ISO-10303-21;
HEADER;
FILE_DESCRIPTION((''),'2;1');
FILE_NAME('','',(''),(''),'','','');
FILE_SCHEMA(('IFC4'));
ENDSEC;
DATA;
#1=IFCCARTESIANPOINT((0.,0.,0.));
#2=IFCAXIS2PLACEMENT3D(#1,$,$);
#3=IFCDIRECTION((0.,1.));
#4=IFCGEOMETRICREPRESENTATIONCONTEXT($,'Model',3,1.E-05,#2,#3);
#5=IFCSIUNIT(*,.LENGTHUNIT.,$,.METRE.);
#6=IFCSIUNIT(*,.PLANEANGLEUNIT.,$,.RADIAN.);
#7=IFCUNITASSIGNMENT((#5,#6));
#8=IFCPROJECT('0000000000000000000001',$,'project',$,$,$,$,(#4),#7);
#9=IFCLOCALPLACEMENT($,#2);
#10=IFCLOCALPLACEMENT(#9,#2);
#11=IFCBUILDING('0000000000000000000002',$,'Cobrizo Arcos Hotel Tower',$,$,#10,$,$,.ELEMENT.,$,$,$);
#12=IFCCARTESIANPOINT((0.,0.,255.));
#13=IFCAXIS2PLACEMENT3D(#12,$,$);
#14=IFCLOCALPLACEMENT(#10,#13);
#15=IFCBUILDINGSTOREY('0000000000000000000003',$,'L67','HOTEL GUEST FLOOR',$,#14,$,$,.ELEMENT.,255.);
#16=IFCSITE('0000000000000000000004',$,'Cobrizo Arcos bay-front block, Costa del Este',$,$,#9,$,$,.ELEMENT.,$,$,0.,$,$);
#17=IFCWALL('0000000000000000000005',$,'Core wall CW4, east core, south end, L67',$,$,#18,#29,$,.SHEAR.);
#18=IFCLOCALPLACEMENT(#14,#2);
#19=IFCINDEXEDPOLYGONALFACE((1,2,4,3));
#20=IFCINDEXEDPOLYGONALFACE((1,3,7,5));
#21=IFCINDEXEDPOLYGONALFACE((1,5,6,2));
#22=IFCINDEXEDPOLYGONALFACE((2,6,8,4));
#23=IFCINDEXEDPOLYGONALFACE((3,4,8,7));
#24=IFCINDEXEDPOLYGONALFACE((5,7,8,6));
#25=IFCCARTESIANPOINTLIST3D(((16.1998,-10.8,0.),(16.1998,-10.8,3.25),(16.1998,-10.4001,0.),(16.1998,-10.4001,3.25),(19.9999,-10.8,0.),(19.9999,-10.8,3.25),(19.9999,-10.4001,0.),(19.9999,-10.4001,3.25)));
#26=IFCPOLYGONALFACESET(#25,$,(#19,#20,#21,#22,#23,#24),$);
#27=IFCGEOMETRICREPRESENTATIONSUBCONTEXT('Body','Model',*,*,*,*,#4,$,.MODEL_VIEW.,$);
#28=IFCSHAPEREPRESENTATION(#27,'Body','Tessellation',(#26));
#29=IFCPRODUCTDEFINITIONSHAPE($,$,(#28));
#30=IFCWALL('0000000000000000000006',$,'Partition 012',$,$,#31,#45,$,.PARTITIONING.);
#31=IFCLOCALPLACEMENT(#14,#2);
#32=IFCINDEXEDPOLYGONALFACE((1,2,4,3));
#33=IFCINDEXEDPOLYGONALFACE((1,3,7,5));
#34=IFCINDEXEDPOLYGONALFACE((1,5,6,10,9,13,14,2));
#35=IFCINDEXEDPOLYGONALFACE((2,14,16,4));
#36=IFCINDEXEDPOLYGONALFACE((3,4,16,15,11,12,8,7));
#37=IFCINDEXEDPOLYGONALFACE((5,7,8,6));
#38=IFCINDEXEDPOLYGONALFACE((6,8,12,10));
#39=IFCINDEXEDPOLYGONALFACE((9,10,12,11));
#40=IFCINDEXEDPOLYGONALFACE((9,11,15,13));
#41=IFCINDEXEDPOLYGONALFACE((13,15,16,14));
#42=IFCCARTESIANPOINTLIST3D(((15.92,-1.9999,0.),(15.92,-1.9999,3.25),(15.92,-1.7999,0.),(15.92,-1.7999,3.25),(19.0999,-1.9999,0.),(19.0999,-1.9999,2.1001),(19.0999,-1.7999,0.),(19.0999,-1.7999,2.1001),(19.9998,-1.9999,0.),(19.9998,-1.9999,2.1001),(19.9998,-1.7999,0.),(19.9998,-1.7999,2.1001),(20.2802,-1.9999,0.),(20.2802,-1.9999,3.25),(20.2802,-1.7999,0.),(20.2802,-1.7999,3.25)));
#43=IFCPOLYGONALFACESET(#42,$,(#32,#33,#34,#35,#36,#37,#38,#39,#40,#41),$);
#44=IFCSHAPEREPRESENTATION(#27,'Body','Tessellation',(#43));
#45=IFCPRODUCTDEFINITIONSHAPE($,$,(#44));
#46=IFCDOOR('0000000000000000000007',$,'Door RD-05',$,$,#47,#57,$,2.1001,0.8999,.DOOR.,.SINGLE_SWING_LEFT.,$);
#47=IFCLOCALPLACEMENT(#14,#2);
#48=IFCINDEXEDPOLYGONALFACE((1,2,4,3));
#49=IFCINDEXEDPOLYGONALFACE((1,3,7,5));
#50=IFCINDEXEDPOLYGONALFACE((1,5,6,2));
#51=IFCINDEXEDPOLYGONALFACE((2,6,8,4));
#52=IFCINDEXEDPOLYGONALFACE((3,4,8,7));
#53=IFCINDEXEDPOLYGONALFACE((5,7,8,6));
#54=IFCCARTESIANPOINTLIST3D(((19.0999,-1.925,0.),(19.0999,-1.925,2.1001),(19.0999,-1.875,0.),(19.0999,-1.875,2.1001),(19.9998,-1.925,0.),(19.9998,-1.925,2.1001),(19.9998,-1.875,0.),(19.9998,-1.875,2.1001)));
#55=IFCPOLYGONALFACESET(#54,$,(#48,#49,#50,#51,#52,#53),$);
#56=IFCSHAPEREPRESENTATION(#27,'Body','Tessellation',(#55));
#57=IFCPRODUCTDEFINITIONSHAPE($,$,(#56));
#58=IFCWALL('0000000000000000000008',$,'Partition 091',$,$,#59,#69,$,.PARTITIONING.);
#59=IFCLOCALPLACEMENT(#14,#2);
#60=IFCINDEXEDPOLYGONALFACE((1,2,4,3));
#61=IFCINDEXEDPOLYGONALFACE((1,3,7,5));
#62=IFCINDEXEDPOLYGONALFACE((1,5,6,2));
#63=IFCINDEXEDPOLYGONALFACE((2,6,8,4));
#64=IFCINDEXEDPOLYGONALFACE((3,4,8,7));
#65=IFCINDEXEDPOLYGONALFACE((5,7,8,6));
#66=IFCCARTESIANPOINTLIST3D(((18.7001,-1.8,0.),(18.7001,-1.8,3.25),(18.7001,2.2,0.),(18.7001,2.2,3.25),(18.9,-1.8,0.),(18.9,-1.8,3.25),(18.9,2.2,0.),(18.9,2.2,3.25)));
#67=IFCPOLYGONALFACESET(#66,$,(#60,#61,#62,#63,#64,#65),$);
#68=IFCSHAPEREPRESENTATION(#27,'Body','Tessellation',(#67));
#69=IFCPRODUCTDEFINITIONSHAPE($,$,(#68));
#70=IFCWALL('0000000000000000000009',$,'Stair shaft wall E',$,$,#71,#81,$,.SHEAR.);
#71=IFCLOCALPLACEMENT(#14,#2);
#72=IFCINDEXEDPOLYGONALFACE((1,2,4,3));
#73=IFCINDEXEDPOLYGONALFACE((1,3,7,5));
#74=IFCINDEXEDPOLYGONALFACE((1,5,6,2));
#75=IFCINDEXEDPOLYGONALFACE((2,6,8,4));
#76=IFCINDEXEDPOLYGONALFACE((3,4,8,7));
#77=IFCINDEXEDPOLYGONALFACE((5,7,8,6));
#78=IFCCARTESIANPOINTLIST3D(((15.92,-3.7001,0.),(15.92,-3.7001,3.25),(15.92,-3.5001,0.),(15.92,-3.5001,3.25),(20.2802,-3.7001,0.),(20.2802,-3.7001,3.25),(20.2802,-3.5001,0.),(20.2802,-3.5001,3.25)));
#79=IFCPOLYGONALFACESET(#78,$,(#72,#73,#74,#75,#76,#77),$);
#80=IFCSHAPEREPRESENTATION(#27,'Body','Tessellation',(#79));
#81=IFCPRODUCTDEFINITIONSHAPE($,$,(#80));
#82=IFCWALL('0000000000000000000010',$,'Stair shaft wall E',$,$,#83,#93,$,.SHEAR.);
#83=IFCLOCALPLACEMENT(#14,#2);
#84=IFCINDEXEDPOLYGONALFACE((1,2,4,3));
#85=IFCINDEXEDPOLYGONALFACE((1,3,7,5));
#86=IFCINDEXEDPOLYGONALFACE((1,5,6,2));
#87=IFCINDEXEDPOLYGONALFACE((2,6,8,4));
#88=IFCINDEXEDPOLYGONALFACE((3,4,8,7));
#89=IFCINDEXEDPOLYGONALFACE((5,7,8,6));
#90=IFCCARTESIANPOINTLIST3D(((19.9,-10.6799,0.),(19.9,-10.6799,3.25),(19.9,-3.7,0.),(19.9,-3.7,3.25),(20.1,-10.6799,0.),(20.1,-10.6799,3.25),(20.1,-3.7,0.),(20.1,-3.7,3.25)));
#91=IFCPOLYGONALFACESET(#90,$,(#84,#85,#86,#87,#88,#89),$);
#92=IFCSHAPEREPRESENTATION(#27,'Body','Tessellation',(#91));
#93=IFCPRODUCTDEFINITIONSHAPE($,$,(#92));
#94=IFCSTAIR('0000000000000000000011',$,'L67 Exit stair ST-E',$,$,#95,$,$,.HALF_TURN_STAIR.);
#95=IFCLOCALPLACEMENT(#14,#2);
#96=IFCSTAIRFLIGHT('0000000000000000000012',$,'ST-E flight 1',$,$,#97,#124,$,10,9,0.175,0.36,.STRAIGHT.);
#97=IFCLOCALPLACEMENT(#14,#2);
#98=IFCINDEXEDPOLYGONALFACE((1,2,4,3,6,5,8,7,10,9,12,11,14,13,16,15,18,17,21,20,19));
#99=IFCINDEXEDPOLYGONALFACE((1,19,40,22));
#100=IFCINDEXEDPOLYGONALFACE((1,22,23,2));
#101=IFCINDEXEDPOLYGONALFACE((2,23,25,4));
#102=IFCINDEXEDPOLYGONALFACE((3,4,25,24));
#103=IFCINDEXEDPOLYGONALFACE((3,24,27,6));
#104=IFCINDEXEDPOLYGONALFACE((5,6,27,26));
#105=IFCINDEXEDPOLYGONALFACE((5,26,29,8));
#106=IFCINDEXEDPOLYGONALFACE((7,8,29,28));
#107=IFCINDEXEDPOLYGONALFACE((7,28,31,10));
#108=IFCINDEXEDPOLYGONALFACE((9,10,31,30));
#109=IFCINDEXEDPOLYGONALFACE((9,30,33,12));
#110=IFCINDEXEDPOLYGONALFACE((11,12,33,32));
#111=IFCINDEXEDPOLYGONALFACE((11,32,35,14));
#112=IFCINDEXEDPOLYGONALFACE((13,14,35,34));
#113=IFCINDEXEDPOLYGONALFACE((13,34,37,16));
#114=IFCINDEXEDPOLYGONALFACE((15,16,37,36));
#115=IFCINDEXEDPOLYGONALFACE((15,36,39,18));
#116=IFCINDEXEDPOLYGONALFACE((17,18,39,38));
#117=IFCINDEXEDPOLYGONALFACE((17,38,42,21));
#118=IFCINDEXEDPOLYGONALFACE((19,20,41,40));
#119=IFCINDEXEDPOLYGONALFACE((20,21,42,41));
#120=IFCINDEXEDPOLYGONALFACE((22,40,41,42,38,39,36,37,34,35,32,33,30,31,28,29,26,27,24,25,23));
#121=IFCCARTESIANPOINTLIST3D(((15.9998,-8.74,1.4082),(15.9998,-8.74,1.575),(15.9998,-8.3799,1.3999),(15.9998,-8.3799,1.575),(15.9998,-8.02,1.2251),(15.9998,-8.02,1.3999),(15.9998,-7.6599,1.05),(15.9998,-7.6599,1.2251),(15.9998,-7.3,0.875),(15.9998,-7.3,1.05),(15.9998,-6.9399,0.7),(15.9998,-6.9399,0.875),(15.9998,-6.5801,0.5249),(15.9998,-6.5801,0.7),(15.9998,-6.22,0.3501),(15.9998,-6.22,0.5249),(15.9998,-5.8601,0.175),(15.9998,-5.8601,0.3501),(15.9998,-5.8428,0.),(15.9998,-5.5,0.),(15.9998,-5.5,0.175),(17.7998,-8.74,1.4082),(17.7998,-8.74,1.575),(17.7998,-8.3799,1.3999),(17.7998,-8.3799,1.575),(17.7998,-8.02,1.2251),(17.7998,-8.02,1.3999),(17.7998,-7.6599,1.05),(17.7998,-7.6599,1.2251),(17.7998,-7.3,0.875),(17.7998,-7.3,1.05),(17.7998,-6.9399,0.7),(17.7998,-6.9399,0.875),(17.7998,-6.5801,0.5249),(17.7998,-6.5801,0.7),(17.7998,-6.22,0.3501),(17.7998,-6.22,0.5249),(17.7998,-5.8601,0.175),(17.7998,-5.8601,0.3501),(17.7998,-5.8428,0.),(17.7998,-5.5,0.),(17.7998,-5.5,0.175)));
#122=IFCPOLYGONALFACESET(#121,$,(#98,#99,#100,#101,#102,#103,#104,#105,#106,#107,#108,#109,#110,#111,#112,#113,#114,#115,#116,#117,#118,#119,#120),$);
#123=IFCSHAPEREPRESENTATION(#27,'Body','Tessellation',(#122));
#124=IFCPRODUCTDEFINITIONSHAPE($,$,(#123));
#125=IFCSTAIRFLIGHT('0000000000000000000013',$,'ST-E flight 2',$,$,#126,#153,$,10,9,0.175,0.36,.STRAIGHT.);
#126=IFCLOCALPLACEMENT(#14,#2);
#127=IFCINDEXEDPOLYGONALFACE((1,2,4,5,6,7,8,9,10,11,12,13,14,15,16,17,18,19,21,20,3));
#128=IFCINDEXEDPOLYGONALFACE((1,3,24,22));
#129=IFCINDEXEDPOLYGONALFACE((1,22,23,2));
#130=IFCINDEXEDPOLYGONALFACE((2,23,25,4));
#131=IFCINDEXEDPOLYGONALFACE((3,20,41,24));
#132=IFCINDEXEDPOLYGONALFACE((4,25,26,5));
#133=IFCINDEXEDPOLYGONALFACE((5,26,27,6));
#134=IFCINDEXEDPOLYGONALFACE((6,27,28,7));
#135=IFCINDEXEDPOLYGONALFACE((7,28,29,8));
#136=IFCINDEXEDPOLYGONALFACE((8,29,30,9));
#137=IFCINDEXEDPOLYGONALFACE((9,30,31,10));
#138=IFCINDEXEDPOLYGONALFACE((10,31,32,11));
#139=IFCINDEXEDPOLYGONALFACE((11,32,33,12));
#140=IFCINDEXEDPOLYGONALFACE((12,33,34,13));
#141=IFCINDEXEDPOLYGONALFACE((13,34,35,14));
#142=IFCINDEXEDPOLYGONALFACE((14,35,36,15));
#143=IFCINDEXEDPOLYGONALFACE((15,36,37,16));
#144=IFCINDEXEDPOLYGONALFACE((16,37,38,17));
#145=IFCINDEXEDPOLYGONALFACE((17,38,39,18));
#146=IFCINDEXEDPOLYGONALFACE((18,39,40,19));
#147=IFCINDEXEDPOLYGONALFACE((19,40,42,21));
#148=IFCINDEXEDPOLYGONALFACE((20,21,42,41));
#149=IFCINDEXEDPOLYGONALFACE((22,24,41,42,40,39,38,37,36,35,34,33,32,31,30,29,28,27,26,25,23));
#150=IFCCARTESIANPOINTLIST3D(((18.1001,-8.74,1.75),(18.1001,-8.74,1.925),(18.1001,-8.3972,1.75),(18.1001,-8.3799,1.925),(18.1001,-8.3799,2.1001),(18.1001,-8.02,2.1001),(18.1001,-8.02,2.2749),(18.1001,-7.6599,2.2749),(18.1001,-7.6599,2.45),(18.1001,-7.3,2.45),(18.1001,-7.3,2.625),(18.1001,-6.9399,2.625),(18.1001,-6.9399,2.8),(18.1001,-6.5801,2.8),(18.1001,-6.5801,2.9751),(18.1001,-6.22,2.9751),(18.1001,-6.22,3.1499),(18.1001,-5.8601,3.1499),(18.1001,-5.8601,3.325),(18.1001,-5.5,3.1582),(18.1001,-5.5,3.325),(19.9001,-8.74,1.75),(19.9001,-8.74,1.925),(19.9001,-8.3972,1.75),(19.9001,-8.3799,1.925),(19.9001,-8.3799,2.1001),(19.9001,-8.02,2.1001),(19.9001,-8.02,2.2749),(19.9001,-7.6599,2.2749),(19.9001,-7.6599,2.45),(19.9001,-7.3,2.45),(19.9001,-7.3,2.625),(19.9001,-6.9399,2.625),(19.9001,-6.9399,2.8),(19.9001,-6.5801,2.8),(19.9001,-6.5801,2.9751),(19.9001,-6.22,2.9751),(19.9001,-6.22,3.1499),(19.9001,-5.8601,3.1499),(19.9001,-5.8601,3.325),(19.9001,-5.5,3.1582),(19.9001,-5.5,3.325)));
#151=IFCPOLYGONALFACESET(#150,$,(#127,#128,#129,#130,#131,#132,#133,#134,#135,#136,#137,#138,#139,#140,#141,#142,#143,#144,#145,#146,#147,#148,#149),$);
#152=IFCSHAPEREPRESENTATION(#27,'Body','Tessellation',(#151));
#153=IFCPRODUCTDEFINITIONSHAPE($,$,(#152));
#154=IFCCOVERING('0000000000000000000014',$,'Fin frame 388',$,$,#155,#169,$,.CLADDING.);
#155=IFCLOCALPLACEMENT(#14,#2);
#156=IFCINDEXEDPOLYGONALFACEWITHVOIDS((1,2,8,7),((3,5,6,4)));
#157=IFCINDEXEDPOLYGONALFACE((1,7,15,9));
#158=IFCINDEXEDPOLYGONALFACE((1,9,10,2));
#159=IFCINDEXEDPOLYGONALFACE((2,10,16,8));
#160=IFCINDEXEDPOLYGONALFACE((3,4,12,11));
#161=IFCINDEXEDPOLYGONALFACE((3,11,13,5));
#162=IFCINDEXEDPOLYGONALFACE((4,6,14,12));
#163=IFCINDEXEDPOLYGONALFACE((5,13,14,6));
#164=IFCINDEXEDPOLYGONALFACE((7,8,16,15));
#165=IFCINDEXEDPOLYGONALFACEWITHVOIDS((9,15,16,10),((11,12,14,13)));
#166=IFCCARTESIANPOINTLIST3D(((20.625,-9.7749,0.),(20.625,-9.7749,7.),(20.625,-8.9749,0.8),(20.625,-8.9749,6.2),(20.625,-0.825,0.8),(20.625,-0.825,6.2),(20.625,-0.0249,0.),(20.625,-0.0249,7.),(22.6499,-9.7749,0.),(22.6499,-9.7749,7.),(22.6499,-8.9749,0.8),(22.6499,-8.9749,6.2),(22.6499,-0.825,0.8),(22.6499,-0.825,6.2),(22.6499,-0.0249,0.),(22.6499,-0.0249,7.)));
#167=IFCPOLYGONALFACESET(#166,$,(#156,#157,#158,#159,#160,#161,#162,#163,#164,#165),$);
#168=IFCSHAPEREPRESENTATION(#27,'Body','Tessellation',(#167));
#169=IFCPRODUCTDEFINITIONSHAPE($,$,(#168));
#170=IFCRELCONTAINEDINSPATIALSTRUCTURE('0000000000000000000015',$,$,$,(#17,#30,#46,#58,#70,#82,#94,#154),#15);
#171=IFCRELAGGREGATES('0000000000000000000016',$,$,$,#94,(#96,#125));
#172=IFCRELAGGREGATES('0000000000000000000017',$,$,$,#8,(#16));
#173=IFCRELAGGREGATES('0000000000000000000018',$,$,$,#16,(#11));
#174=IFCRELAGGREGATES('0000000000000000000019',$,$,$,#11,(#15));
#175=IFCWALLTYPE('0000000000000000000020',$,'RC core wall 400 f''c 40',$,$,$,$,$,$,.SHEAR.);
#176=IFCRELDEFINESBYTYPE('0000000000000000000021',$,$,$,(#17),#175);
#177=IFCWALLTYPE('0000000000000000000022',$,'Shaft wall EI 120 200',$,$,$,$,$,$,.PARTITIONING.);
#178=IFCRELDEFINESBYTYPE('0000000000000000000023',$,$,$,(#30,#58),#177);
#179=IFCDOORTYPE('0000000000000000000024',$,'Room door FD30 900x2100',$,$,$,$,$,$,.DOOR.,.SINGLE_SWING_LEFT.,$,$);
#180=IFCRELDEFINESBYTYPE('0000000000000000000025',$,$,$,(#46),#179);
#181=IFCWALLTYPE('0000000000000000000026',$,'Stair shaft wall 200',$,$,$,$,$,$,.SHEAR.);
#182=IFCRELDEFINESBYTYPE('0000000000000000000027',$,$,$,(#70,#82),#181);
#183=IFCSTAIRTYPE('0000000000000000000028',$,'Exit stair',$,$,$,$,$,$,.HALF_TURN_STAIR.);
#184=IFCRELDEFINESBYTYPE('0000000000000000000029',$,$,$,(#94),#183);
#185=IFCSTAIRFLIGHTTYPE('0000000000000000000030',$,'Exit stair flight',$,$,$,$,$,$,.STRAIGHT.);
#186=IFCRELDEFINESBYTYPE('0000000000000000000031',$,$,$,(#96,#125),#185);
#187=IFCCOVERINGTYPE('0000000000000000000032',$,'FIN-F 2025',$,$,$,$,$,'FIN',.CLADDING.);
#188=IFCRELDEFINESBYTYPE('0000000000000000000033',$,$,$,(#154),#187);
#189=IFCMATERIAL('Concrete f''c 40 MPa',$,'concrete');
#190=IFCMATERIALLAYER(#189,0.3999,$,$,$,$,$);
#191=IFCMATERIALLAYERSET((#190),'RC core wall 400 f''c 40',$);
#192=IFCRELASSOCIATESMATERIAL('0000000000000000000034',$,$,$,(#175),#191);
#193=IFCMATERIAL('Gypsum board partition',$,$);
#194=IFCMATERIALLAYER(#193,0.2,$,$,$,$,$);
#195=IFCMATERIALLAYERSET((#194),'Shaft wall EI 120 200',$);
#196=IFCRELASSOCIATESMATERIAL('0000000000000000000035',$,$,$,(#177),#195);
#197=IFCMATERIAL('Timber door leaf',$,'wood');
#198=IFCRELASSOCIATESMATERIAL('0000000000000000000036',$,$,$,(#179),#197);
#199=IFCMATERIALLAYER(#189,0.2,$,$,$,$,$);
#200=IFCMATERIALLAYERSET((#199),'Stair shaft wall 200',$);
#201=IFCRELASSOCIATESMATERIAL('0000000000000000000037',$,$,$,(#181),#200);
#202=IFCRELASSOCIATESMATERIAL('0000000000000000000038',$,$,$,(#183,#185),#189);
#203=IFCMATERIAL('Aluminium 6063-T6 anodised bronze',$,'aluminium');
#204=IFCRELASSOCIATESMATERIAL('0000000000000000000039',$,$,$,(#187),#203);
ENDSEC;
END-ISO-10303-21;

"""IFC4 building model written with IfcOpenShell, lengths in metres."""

from ifc_helpers import new_model, si_unit, direction, frame, frame_2d, origin, place, context, subcontext, project, spatial, polyline, rectangle, outline, extrude, material, layer, layer_set, type_object, element, fill, aggregate, save


model = new_model("IFC4")

# Units and contexts
model_context = context("Model", 3, precision=1e-05, world=origin(), true_north=direction((0.0, 1.0)))
body_context = subcontext(model_context, "Body", "Model", "MODEL_VIEW")
ifc_project = project(units=[si_unit("LENGTHUNIT", "METRE"), si_unit("PLANEANGLEUNIT", "RADIAN")], contexts=[model_context])

# Site, building, storey
site_placement = place(None, origin())
site = spatial("IfcSite", under=ifc_project, at=site_placement, Name="Cobrizo Arcos bay-front block, Costa del Este", CompositionType="ELEMENT", RefElevation=0.0)
building_placement = place(site_placement, origin())
building = spatial("IfcBuilding", under=site, at=building_placement, Name="Cobrizo Arcos Hotel Tower", CompositionType="ELEMENT")
storey_placement = place(building_placement, frame((0.0, 0.0, 255.0)))
storey = spatial("IfcBuildingStorey", under=building, at=storey_placement, Name="L67", Description="HOTEL GUEST FLOOR", CompositionType="ELEMENT", Elevation=255.0)

# Wall
ifc_material_1 = material(Name="Concrete f'c 40 MPa", Category="concrete")
ifc_layer_1 = layer(ifc_material_1, 0.3999)
ifc_layer_set_1 = layer_set([ifc_layer_1], Name="RC core wall 400 f'c 40")
wall_type_1 = type_object("IfcWallType", Name="RC core wall 400 f'c 40", PredefinedType="SHEAR", material=ifc_layer_set_1)
wall_1_placement = place(storey_placement, frame((16.2, -10.6001, 0.0), z_axis=(0.0, 0.0, 1.0), x_axis=(1.0, 0.0, 0.0)))
element("IfcWall", 1, at=wall_1_placement, inside=storey, type_object=wall_type_1, Name="Core wall CW4, east core, south end, L67", PredefinedType="SHEAR", context=body_context, shape_type="SweptSolid", body=[
    extrude(rectangle(XDim=3.8, YDim=0.3999, at=frame_2d((1.8999, 0.0))), origin(), (0.0, 0.0, 1.0), 3.25),
])

# Wall, opening, door
ifc_material_2 = material(Name="Gypsum board partition")
ifc_layer_2 = layer(ifc_material_2, 0.2)
ifc_layer_set_2 = layer_set([ifc_layer_2], Name="Shaft wall EI 120 200")
wall_type_2 = type_object("IfcWallType", Name="Shaft wall EI 120 200", PredefinedType="PARTITIONING", material=ifc_layer_set_2)
wall_2_placement = place(storey_placement, frame((15.9199, -1.8999, 0.0), z_axis=(0.0, 0.0, 1.0), x_axis=(1.0, 0.0, 0.0)))
wall_2 = element("IfcWall", 2, at=wall_2_placement, inside=storey, type_object=wall_type_2, Name="Partition 012", PredefinedType="PARTITIONING", context=body_context, shape_type="SweptSolid", body=[
    extrude(rectangle(XDim=4.3601, YDim=0.2, at=frame_2d((2.1802, 0.0))), origin(), (0.0, 0.0, 1.0), 3.25),
])
opening_placement = place(wall_2_placement, frame((3.1799, 0.0, 0.0)))
opening = element("IfcOpeningElement", 3, at=opening_placement, cuts=wall_2, PredefinedType="OPENING", context=body_context, shape_type="SweptSolid", body=[
    extrude(rectangle(XDim=0.8999, YDim=2.1001, at=frame_2d((0.45, 1.05))), frame((0.0, 0.1121, 0.0), z_axis=(0.0, -1.0, 0.0), x_axis=(1.0, 0.0, 0.0)), (0.0, 0.0, 1.0), 0.2239),
])
ifc_material_3 = material(Name="Timber door leaf", Category="wood")
door_type = type_object("IfcDoorType", Name="Room door FD30 900x2100", OperationType="SINGLE_SWING_LEFT", PredefinedType="DOOR", material=ifc_material_3)
door_placement = place(opening_placement, origin())
door = element("IfcDoor", 4, at=door_placement, inside=storey, type_object=door_type, Name="Door RD-05", OperationType="SINGLE_SWING_LEFT", OverallHeight=2.1001, OverallWidth=0.8999, PredefinedType="DOOR", context=body_context, shape_type="SweptSolid", body=[
    extrude(rectangle(XDim=0.8999, YDim=2.1001, at=frame_2d((0.45, 1.05))), frame((0.0, 0.0249, 0.0), z_axis=(0.0, -1.0, 0.0), x_axis=(1.0, 0.0, 0.0)), (0.0, 0.0, 1.0), 0.05),
])
fill(opening, door)

# Walls
wall_3_placement = place(storey_placement, frame((18.8, -1.8, 0.0), z_axis=(0.0, 0.0, 1.0), x_axis=(0.0, 1.0, 0.0)))
element("IfcWall", 5, at=wall_3_placement, inside=storey, type_object=wall_type_2, Name="Partition 091", PredefinedType="PARTITIONING", context=body_context, shape_type="SweptSolid", body=[
    extrude(rectangle(XDim=4.0, YDim=0.2, at=frame_2d((2.0, 0.0))), origin(), (0.0, 0.0, 1.0), 3.25),
])
ifc_layer_3 = layer(ifc_material_1, 0.2)
ifc_layer_set_3 = layer_set([ifc_layer_3], Name="Stair shaft wall 200")
wall_type_3 = type_object("IfcWallType", Name="Stair shaft wall 200", PredefinedType="SHEAR", material=ifc_layer_set_3)
wall_4_placement = place(storey_placement, frame((15.9199, -3.6001, 0.0), z_axis=(0.0, 0.0, 1.0), x_axis=(1.0, 0.0, 0.0)))
element("IfcWall", 6, at=wall_4_placement, inside=storey, type_object=wall_type_3, Name="Stair shaft wall E", PredefinedType="SHEAR", context=body_context, shape_type="SweptSolid", body=[
    extrude(rectangle(XDim=4.3601, YDim=0.2, at=frame_2d((2.1802, 0.0))), origin(), (0.0, 0.0, 1.0), 3.25),
])
wall_5_placement = place(storey_placement, frame((20.0, -10.6799, 0.0), z_axis=(0.0, 0.0, 1.0), x_axis=(0.0, 1.0, 0.0)))
element("IfcWall", 7, at=wall_5_placement, inside=storey, type_object=wall_type_3, Name="Stair shaft wall E", PredefinedType="SHEAR", context=body_context, shape_type="SweptSolid", body=[
    extrude(rectangle(XDim=6.98, YDim=0.2, at=frame_2d((3.49, 0.0))), origin(), (0.0, 0.0, 1.0), 3.25),
])

# Stair, stair flights
stair_type = type_object("IfcStairType", Name="Exit stair", PredefinedType="HALF_TURN_STAIR", material=ifc_material_1)
stair_placement = place(storey_placement, origin())
stair = element("IfcStair", 8, at=stair_placement, inside=storey, type_object=stair_type, Name="L67 Exit stair ST-E", PredefinedType="HALF_TURN_STAIR")
stair_flight_type = type_object("IfcStairFlightType", Name="Exit stair flight", PredefinedType="STRAIGHT", material=ifc_material_1)
stair_flight_1_placement = place(storey_placement, frame((16.8999, -5.5, 0.0), z_axis=(0.0, 0.0, 1.0), x_axis=(0.0, -1.0, 0.0)))
stair_flight_1 = element("IfcStairFlight", 9, at=stair_flight_1_placement, type_object=stair_flight_type, Name="ST-E flight 1", NumberOfRisers=10, NumberOfTreads=9, PredefinedType="STRAIGHT", RiserHeight=0.175, TreadLength=0.36, context=body_context, shape_type="SweptSolid", body=[
    extrude(outline(polyline([(0.0, 0.0), (0.0, 0.175), (0.3601, 0.175), (0.3601, 0.3501), (0.72, 0.3501), (0.72, 0.5249), (1.0801, 0.5249), (1.0801, 0.7), (1.4399, 0.7), (1.4399, 0.875), (1.8, 0.875), (1.8, 1.05), (2.1599, 1.05), (2.1599, 1.2251), (2.52, 1.2251), (2.52, 1.3999), (2.8799, 1.3999), (2.8799, 1.575), (3.24, 1.575), (3.24, 1.75), (3.24, 1.4082), (0.3428, 0.0), (0.0, 0.0)])), frame((0.0, 0.8999, 0.0), z_axis=(0.0, -1.0, 0.0), x_axis=(1.0, 0.0, 0.0)), (0.0, 0.0, 1.0), 1.8),
])
stair_flight_2_placement = place(storey_placement, frame((19.0, -8.74, 1.75), z_axis=(0.0, 0.0, 1.0), x_axis=(0.0, 1.0, 0.0)))
stair_flight_2 = element("IfcStairFlight", 10, at=stair_flight_2_placement, type_object=stair_flight_type, Name="ST-E flight 2", NumberOfRisers=10, NumberOfTreads=9, PredefinedType="STRAIGHT", RiserHeight=0.175, TreadLength=0.36, context=body_context, shape_type="SweptSolid", body=[
    extrude(outline(polyline([(0.0, 0.0), (0.0, 0.175), (0.3601, 0.175), (0.3601, 0.3501), (0.72, 0.3501), (0.72, 0.5249), (1.0801, 0.5249), (1.0801, 0.7), (1.4399, 0.7), (1.4399, 0.875), (1.8, 0.875), (1.8, 1.05), (2.1599, 1.05), (2.1599, 1.2251), (2.52, 1.2251), (2.52, 1.3999), (2.8799, 1.3999), (2.8799, 1.575), (3.24, 1.575), (3.24, 1.75), (3.24, 1.4082), (0.3428, 0.0), (0.0, 0.0)])), frame((0.0, 0.8999, 0.0), z_axis=(0.0, -1.0, 0.0), x_axis=(1.0, 0.0, 0.0)), (0.0, 0.0, 1.0), 1.8),
])
aggregate(stair, [stair_flight_1, stair_flight_2])

# Covering
ifc_material_4 = material(Name="Aluminium 6063-T6 anodised bronze", Category="aluminium")
covering_type_1 = type_object("IfcCoveringType", Name="FIN-F 2025", ElementType="FIN", PredefinedType="CLADDING", material=ifc_material_4)
covering_placement = place(storey_placement, frame((20.625, -9.7749, 0.0), z_axis=(1.0, 0.0, 0.0), x_axis=(0.0, 1.0, 0.0)))
element("IfcCovering", 11, at=covering_placement, inside=storey, type_object=covering_type_1, Name="Fin frame 388", PredefinedType="CLADDING", context=body_context, shape_type="SweptSolid", body=[
    extrude(outline(polyline([(0.0, 7.0), (0.0, 0.0), (9.75, 0.0), (9.75, 7.0), (0.0, 7.0)]), holes=[polyline([(8.95, 0.8), (0.8, 0.8), (0.8, 6.2), (8.95, 6.2), (8.95, 0.8)])]), origin(), (0.0, 0.0, 1.0), 2.0249),
])

save(model, "model.ifc")
